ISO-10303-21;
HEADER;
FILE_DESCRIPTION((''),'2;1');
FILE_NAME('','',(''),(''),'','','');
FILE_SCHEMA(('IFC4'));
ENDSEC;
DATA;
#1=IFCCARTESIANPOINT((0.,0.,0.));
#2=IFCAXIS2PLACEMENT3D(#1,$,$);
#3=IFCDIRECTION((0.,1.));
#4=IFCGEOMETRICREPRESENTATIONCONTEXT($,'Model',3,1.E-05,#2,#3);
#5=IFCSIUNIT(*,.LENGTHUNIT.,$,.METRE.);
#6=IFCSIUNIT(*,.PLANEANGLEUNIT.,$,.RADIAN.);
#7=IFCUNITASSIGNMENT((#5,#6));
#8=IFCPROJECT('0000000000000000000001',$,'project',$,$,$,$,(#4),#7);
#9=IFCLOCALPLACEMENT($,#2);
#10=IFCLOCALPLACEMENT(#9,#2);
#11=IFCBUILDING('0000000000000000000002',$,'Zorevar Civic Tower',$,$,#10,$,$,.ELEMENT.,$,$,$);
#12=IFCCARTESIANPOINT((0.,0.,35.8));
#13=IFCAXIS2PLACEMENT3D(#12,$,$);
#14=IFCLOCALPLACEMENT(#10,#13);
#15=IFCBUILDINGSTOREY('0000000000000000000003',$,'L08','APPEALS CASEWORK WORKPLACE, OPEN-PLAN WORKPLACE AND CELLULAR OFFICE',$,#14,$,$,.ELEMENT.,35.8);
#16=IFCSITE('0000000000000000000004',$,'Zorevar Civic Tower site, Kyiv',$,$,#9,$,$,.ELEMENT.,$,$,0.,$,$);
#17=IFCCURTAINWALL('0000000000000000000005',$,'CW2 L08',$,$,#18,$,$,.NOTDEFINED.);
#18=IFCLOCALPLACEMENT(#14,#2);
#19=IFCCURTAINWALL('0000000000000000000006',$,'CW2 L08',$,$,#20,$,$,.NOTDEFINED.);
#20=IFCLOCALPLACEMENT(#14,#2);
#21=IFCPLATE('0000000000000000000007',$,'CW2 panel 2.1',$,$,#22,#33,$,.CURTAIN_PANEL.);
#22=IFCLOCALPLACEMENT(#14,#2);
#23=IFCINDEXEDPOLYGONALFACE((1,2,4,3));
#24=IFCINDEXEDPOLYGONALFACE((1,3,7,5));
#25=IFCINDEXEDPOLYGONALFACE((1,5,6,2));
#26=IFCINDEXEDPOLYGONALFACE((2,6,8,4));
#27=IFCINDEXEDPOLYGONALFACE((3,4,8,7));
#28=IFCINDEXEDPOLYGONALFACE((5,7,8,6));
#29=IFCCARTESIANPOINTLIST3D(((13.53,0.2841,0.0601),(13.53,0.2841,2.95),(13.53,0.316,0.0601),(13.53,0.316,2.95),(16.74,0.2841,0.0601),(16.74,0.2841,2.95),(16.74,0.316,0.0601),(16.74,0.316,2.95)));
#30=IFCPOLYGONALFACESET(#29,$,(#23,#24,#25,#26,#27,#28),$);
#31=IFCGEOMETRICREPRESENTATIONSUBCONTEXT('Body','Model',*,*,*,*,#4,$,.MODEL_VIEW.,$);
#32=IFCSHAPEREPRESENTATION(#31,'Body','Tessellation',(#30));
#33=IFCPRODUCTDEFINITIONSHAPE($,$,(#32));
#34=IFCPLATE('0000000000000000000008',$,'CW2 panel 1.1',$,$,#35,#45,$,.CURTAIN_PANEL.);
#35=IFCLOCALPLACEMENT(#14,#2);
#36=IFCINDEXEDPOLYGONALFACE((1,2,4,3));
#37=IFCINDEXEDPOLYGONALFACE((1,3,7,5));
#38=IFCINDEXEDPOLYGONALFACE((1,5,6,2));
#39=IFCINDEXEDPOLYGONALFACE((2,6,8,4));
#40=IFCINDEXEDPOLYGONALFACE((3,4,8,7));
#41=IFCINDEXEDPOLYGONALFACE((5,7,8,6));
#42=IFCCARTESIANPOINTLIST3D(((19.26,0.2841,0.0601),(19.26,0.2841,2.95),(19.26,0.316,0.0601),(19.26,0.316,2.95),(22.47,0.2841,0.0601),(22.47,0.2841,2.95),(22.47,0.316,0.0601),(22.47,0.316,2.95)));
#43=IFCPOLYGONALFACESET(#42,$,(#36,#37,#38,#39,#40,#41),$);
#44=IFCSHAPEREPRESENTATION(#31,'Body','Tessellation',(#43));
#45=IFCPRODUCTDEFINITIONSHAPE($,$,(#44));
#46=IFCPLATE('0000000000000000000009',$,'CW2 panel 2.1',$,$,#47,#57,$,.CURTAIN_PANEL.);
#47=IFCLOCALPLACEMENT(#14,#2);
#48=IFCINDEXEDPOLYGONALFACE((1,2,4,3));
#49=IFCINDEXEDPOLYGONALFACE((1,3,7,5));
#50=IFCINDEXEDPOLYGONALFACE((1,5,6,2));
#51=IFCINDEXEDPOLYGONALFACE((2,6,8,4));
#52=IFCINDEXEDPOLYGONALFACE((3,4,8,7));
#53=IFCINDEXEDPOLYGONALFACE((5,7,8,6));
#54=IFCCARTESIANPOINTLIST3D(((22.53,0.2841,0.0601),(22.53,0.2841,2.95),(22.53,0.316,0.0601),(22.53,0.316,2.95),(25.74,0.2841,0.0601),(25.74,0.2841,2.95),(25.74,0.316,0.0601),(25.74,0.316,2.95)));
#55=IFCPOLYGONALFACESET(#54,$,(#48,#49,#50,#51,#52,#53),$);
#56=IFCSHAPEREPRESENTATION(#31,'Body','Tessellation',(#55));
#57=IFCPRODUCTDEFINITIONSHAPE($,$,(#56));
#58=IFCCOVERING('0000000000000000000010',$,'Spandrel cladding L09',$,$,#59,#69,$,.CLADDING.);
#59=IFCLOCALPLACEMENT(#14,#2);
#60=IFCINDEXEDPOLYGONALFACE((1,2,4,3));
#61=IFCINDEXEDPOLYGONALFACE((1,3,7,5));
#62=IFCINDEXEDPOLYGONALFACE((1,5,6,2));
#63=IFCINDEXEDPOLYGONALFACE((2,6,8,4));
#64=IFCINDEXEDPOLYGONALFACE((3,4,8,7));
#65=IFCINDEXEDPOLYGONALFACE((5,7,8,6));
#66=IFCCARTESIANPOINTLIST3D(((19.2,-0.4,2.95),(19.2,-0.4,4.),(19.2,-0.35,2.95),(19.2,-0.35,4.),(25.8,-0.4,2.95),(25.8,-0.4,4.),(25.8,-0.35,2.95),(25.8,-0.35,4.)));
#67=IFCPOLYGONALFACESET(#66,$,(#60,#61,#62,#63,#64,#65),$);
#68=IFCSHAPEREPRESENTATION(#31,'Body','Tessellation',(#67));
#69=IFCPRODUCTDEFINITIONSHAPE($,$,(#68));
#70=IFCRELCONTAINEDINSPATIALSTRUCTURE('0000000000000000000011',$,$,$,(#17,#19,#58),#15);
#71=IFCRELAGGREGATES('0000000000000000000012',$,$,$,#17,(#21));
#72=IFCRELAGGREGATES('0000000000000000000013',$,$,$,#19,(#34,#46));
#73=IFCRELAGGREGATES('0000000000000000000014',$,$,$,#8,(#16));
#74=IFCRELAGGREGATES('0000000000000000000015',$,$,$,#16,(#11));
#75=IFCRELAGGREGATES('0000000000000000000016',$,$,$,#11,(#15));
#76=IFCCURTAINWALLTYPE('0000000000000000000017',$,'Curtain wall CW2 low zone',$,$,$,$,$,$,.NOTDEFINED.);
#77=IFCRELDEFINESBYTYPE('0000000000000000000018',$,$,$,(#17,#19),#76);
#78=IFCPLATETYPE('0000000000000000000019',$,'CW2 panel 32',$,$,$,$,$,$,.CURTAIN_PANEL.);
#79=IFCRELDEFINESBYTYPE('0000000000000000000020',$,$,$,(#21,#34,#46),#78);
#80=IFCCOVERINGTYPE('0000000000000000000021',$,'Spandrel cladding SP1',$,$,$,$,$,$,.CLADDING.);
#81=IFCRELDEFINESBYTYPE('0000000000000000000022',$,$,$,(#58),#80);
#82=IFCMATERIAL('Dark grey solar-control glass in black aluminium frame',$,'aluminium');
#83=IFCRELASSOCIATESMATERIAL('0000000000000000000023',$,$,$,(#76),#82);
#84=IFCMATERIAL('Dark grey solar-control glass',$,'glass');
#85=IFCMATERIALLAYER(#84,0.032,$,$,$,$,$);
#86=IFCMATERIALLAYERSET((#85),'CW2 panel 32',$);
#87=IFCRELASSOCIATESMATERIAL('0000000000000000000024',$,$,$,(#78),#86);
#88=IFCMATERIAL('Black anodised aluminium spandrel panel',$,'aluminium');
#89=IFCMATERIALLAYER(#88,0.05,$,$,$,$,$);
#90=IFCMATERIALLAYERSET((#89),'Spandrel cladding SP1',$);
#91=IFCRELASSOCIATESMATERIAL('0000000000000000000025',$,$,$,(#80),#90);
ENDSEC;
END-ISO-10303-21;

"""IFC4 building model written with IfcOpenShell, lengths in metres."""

from ifc_helpers import new_model, si_unit, direction, frame, frame_2d, origin, origin_2d, place, context, subcontext, project, spatial, rectangle, extrude, material, layer, layer_set, type_object, element, aggregate, save


model = new_model("IFC4")

# Units and contexts
model_context = context("Model", 3, precision=1e-05, world=origin(), true_north=direction((0.0, 1.0)))
body_context = subcontext(model_context, "Body", "Model", "MODEL_VIEW")
ifc_project = project(units=[si_unit("LENGTHUNIT", "METRE"), si_unit("PLANEANGLEUNIT", "RADIAN")], contexts=[model_context])

# Site, building, storey
site_placement = place(None, origin())
site = spatial("IfcSite", under=ifc_project, at=site_placement, Name="Zorevar Civic Tower site, Kyiv", CompositionType="ELEMENT", RefElevation=0.0)
building_placement = place(site_placement, origin())
building = spatial("IfcBuilding", under=site, at=building_placement, Name="Zorevar Civic Tower", CompositionType="ELEMENT")
storey_placement = place(building_placement, frame((0.0, 0.0, 35.8)))
storey = spatial("IfcBuildingStorey", under=building, at=storey_placement, Name="L08", Description="APPEALS CASEWORK WORKPLACE, OPEN-PLAN WORKPLACE AND CELLULAR OFFICE", CompositionType="ELEMENT", Elevation=35.8)

# Curtain walls
ifc_material_1 = material(Name="Dark grey solar-control glass in black aluminium frame", Category="aluminium")
curtain_wall_type = type_object("IfcCurtainWallType", Name="Curtain wall CW2 low zone", PredefinedType="NOTDEFINED", material=ifc_material_1)
curtain_wall_1_placement = place(storey_placement, origin())
curtain_wall_1 = element("IfcCurtainWall", 1, at=curtain_wall_1_placement, inside=storey, type_object=curtain_wall_type, Name="CW2 L08", PredefinedType="NOTDEFINED")
curtain_wall_2_placement = place(storey_placement, origin())
curtain_wall_2 = element("IfcCurtainWall", 2, at=curtain_wall_2_placement, inside=storey, type_object=curtain_wall_type, Name="CW2 L08", PredefinedType="NOTDEFINED")

# Plates
ifc_material_2 = material(Name="Dark grey solar-control glass", Category="glass")
ifc_layer_1 = layer(ifc_material_2, 0.032)
ifc_layer_set_1 = layer_set([ifc_layer_1], Name="CW2 panel 32")
plate_type = type_object("IfcPlateType", Name="CW2 panel 32", PredefinedType="CURTAIN_PANEL", material=ifc_layer_set_1)
plate_1_placement = place(storey_placement, frame((15.135, 0.3, 0.0601), z_axis=(0.0, 0.0, 1.0), x_axis=(1.0, 0.0, 0.0)))
plate_1 = element("IfcPlate", 3, at=plate_1_placement, type_object=plate_type, Name="CW2 panel 2.1", PredefinedType="CURTAIN_PANEL", context=body_context, shape_type="SweptSolid", body=[
    extrude(rectangle(XDim=3.21, YDim=0.032, at=origin_2d()), origin(), (0.0, 0.0, 1.0), 2.8899),
])
aggregate(curtain_wall_1, [plate_1])
plate_2_placement = place(storey_placement, frame((20.865, 0.3, 0.0601), z_axis=(0.0, 0.0, 1.0), x_axis=(1.0, 0.0, 0.0)))
plate_2 = element("IfcPlate", 4, at=plate_2_placement, type_object=plate_type, Name="CW2 panel 1.1", PredefinedType="CURTAIN_PANEL", context=body_context, shape_type="SweptSolid", body=[
    extrude(rectangle(XDim=3.21, YDim=0.032, at=origin_2d()), origin(), (0.0, 0.0, 1.0), 2.8899),
])
plate_3_placement = place(storey_placement, frame((24.135, 0.3, 0.0601), z_axis=(0.0, 0.0, 1.0), x_axis=(1.0, 0.0, 0.0)))
plate_3 = element("IfcPlate", 5, at=plate_3_placement, type_object=plate_type, Name="CW2 panel 2.1", PredefinedType="CURTAIN_PANEL", context=body_context, shape_type="SweptSolid", body=[
    extrude(rectangle(XDim=3.21, YDim=0.032, at=origin_2d()), origin(), (0.0, 0.0, 1.0), 2.8899),
])
aggregate(curtain_wall_2, [plate_2, plate_3])

# Covering
ifc_material_3 = material(Name="Black anodised aluminium spandrel panel", Category="aluminium")
ifc_layer_2 = layer(ifc_material_3, 0.05)
ifc_layer_set_2 = layer_set([ifc_layer_2], Name="Spandrel cladding SP1")
covering_type = type_object("IfcCoveringType", Name="Spandrel cladding SP1", PredefinedType="CLADDING", material=ifc_layer_set_2)
covering_placement = place(storey_placement, frame((19.2, -0.375, 2.95), z_axis=(0.0, 0.0, 1.0), x_axis=(1.0, 0.0, 0.0)))
element("IfcCovering", 6, at=covering_placement, inside=storey, type_object=covering_type, Name="Spandrel cladding L09", PredefinedType="CLADDING", context=body_context, shape_type="SweptSolid", body=[
    extrude(rectangle(XDim=6.6001, YDim=0.05, at=frame_2d((3.3, 0.0))), origin(), (0.0, 0.0, 1.0), 1.05),
])

save(model, "model.ifc")
